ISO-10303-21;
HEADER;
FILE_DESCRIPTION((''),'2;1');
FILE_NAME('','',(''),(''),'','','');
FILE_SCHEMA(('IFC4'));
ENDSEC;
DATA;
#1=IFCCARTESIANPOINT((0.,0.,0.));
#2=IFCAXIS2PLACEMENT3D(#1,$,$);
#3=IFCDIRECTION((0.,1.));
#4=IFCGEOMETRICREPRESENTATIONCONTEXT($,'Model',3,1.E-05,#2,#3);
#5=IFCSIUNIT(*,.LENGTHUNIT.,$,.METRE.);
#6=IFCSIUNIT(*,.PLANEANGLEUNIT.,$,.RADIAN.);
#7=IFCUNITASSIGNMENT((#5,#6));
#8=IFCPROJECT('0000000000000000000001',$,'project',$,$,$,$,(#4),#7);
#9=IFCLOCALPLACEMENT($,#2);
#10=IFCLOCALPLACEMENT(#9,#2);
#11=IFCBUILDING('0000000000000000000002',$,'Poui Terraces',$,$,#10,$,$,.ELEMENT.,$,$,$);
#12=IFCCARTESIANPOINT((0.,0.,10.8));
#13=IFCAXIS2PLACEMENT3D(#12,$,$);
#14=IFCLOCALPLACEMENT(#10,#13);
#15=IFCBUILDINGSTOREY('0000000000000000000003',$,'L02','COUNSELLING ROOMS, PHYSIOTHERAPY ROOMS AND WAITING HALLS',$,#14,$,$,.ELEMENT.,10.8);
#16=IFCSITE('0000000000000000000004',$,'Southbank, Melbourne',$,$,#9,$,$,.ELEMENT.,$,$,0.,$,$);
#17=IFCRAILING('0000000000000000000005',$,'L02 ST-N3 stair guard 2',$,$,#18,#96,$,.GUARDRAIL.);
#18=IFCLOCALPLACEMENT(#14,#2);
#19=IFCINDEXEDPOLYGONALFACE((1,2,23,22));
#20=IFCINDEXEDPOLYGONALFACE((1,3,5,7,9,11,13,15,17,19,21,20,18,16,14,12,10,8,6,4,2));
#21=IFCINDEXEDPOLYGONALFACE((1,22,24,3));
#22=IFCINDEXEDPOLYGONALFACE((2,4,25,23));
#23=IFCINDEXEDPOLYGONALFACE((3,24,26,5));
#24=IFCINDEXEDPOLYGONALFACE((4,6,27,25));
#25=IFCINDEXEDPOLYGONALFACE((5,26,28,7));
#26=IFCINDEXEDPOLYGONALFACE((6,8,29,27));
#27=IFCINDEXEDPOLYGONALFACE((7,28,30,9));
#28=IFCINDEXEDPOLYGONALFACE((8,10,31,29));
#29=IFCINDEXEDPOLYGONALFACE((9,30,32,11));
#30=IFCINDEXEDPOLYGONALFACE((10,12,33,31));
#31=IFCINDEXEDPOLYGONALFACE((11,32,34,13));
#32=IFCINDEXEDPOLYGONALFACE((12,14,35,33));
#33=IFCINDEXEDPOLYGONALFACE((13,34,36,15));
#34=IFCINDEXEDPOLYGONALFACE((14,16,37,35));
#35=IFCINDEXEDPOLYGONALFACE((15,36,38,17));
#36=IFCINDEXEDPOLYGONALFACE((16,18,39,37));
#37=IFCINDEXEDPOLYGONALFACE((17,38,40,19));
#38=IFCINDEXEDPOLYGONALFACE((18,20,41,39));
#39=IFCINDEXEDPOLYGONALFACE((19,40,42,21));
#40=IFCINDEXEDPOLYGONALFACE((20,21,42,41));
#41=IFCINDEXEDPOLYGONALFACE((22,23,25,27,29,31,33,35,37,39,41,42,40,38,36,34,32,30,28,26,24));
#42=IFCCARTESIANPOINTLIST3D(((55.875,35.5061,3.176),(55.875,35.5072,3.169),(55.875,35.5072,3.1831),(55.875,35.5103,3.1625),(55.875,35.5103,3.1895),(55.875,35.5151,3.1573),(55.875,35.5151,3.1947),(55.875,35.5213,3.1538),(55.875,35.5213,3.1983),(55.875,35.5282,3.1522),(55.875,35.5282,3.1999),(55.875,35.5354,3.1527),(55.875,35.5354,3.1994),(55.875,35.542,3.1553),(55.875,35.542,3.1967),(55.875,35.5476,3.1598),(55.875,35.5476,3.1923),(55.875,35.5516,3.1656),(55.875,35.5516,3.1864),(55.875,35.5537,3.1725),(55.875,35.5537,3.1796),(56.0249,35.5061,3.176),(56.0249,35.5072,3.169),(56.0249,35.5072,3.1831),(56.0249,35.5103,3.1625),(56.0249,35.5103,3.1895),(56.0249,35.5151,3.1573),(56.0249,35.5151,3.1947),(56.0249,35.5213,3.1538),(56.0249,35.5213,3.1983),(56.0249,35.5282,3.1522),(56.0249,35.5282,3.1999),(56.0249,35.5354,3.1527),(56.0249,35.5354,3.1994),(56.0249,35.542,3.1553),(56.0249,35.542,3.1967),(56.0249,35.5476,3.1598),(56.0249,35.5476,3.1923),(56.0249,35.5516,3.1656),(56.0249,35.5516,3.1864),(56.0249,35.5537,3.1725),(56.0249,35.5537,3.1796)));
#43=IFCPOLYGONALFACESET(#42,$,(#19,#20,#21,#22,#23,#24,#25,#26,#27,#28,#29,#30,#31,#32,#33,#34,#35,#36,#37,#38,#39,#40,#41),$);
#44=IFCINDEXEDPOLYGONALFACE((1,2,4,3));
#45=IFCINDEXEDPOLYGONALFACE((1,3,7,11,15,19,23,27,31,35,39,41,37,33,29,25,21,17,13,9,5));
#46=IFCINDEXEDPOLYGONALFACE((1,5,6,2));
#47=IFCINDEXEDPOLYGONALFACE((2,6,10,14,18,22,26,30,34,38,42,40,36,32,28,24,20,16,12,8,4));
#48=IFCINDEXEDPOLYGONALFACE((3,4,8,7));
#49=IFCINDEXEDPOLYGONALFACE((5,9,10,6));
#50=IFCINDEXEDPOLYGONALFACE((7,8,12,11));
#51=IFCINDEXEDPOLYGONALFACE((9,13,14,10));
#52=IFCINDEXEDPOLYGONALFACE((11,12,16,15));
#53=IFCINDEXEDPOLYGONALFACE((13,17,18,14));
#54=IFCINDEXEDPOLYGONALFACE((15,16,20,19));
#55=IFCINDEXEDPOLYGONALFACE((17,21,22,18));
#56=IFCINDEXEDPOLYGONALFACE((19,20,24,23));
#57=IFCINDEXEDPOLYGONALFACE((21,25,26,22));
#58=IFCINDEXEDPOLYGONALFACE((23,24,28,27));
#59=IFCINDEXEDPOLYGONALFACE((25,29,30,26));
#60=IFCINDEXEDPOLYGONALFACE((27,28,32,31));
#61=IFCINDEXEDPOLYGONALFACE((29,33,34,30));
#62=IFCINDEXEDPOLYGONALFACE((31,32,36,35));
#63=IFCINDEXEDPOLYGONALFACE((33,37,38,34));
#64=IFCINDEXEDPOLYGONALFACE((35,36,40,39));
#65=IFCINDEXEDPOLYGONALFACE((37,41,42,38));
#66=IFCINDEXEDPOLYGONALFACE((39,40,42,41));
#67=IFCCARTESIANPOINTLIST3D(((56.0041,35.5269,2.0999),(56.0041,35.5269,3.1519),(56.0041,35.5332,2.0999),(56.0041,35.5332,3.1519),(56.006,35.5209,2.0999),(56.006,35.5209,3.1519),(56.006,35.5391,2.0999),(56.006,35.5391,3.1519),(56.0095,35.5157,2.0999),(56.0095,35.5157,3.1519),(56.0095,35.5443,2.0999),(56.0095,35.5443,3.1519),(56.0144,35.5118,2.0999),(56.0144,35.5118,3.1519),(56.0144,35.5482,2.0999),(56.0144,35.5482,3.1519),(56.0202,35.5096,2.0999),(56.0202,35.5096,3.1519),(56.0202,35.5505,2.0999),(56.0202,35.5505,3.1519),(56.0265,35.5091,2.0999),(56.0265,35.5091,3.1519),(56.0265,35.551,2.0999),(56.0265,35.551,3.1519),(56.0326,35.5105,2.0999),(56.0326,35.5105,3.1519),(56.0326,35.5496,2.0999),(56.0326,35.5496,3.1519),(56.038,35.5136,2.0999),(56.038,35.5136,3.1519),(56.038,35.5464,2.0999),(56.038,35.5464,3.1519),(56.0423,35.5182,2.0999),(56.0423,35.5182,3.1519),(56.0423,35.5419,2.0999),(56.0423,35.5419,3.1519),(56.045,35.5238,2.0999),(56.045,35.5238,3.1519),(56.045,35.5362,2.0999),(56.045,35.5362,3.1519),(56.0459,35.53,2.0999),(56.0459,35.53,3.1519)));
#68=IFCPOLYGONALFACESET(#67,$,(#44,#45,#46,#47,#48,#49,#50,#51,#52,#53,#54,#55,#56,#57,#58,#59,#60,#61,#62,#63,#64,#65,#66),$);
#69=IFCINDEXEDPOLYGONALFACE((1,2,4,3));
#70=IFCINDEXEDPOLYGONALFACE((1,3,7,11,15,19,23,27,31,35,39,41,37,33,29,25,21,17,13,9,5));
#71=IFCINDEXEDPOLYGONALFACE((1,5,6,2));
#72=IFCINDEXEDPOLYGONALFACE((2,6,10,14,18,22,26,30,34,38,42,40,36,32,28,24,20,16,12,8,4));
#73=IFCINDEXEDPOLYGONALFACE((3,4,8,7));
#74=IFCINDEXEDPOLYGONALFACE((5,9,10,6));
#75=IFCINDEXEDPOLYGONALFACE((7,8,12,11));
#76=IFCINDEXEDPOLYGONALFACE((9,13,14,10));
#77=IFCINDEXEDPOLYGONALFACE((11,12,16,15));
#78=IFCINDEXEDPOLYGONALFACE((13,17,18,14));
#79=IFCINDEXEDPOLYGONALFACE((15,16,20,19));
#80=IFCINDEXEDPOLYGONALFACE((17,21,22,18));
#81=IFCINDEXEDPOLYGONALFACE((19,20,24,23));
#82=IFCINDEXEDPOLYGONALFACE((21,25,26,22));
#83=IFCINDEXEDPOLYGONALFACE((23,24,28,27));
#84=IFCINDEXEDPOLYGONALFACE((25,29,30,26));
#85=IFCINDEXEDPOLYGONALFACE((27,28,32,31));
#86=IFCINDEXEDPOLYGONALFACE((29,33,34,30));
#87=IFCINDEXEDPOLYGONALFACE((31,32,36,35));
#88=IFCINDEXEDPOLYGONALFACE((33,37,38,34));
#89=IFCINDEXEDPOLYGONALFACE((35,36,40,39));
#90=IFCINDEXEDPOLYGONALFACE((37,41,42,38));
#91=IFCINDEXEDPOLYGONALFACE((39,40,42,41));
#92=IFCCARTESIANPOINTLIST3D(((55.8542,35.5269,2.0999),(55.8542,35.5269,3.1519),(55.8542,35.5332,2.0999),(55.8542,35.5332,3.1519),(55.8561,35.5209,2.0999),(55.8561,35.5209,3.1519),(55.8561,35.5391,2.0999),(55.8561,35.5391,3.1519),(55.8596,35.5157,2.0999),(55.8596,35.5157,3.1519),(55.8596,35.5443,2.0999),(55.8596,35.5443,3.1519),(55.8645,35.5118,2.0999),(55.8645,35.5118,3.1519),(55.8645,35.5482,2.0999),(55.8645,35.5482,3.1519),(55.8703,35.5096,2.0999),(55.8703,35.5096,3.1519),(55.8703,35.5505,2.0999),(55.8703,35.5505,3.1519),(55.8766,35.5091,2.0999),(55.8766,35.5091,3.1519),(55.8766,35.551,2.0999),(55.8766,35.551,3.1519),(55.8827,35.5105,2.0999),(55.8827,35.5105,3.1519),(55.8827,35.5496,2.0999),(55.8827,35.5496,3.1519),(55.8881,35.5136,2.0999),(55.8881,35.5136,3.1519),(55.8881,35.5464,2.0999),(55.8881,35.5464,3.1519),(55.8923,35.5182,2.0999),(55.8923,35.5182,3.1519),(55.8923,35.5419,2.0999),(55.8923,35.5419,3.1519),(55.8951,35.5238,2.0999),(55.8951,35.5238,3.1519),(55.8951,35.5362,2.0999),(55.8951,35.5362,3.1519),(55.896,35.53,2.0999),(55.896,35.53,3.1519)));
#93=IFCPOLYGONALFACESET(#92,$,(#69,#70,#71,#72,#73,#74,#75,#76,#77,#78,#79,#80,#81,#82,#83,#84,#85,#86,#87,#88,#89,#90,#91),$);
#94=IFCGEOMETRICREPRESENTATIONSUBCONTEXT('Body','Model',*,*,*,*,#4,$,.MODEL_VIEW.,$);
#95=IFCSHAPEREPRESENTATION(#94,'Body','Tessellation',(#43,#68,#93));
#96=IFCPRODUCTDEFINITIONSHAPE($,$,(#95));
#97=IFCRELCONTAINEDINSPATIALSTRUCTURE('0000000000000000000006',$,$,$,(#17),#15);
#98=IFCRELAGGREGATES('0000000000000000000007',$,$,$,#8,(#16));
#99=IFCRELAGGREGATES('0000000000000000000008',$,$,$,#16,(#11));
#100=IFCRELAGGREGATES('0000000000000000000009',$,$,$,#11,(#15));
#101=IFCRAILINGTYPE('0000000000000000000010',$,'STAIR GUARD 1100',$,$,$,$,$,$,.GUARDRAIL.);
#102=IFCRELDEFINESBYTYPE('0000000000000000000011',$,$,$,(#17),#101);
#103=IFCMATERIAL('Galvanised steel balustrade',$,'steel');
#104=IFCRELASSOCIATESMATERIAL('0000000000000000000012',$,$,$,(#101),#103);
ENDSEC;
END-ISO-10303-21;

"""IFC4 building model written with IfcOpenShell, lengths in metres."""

from ifc_helpers import new_model, si_unit, direction, frame, origin, origin_2d, place, context, subcontext, project, spatial, circle, extrude, material, type_object, element, save


model = new_model("IFC4")

# Units and contexts
model_context = context("Model", 3, precision=1e-05, world=origin(), true_north=direction((0.0, 1.0)))
body_context = subcontext(model_context, "Body", "Model", "MODEL_VIEW")
ifc_project = project(units=[si_unit("LENGTHUNIT", "METRE"), si_unit("PLANEANGLEUNIT", "RADIAN")], contexts=[model_context])

# Site, building, storey
site_placement = place(None, origin())
site = spatial("IfcSite", under=ifc_project, at=site_placement, Name="Southbank, Melbourne", CompositionType="ELEMENT", RefElevation=0.0)
building_placement = place(site_placement, origin())
building = spatial("IfcBuilding", under=site, at=building_placement, Name="Poui Terraces", CompositionType="ELEMENT")
storey_placement = place(building_placement, frame((0.0, 0.0, 10.8)))
storey = spatial("IfcBuildingStorey", under=building, at=storey_placement, Name="L02", Description="COUNSELLING ROOMS, PHYSIOTHERAPY ROOMS AND WAITING HALLS", CompositionType="ELEMENT", Elevation=10.8)

# Railing
ifc_material_1 = material(Name="Galvanised steel balustrade", Category="steel")
railing_type_1 = type_object("IfcRailingType", Name="STAIR GUARD 1100", PredefinedType="GUARDRAIL", material=ifc_material_1)
railing_1_placement = place(storey_placement, frame((56.0249, 35.53, 2.0999)))
element("IfcRailing", 1, at=railing_1_placement, inside=storey, type_object=railing_type_1, Name="L02 ST-N3 stair guard 2", PredefinedType="GUARDRAIL", context=body_context, shape_type="SweptSolid", body=[
    extrude(circle(Radius=0.0239, at=origin_2d()), frame((0.0, 0.0, 1.0762), z_axis=(-1.0, 0.0, 0.0), x_axis=(0.0, -1.0, 0.0)), (0.0, 0.0, 1.0), 0.1499),
    extrude(circle(Radius=0.021, at=origin_2d()), origin(), (0.0, 0.0, 1.0), 1.052),
    extrude(circle(Radius=0.021, at=origin_2d()), frame((-0.1499, 0.0, 0.0)), (0.0, 0.0, 1.0), 1.052),
])

save(model, "model.ifc")
